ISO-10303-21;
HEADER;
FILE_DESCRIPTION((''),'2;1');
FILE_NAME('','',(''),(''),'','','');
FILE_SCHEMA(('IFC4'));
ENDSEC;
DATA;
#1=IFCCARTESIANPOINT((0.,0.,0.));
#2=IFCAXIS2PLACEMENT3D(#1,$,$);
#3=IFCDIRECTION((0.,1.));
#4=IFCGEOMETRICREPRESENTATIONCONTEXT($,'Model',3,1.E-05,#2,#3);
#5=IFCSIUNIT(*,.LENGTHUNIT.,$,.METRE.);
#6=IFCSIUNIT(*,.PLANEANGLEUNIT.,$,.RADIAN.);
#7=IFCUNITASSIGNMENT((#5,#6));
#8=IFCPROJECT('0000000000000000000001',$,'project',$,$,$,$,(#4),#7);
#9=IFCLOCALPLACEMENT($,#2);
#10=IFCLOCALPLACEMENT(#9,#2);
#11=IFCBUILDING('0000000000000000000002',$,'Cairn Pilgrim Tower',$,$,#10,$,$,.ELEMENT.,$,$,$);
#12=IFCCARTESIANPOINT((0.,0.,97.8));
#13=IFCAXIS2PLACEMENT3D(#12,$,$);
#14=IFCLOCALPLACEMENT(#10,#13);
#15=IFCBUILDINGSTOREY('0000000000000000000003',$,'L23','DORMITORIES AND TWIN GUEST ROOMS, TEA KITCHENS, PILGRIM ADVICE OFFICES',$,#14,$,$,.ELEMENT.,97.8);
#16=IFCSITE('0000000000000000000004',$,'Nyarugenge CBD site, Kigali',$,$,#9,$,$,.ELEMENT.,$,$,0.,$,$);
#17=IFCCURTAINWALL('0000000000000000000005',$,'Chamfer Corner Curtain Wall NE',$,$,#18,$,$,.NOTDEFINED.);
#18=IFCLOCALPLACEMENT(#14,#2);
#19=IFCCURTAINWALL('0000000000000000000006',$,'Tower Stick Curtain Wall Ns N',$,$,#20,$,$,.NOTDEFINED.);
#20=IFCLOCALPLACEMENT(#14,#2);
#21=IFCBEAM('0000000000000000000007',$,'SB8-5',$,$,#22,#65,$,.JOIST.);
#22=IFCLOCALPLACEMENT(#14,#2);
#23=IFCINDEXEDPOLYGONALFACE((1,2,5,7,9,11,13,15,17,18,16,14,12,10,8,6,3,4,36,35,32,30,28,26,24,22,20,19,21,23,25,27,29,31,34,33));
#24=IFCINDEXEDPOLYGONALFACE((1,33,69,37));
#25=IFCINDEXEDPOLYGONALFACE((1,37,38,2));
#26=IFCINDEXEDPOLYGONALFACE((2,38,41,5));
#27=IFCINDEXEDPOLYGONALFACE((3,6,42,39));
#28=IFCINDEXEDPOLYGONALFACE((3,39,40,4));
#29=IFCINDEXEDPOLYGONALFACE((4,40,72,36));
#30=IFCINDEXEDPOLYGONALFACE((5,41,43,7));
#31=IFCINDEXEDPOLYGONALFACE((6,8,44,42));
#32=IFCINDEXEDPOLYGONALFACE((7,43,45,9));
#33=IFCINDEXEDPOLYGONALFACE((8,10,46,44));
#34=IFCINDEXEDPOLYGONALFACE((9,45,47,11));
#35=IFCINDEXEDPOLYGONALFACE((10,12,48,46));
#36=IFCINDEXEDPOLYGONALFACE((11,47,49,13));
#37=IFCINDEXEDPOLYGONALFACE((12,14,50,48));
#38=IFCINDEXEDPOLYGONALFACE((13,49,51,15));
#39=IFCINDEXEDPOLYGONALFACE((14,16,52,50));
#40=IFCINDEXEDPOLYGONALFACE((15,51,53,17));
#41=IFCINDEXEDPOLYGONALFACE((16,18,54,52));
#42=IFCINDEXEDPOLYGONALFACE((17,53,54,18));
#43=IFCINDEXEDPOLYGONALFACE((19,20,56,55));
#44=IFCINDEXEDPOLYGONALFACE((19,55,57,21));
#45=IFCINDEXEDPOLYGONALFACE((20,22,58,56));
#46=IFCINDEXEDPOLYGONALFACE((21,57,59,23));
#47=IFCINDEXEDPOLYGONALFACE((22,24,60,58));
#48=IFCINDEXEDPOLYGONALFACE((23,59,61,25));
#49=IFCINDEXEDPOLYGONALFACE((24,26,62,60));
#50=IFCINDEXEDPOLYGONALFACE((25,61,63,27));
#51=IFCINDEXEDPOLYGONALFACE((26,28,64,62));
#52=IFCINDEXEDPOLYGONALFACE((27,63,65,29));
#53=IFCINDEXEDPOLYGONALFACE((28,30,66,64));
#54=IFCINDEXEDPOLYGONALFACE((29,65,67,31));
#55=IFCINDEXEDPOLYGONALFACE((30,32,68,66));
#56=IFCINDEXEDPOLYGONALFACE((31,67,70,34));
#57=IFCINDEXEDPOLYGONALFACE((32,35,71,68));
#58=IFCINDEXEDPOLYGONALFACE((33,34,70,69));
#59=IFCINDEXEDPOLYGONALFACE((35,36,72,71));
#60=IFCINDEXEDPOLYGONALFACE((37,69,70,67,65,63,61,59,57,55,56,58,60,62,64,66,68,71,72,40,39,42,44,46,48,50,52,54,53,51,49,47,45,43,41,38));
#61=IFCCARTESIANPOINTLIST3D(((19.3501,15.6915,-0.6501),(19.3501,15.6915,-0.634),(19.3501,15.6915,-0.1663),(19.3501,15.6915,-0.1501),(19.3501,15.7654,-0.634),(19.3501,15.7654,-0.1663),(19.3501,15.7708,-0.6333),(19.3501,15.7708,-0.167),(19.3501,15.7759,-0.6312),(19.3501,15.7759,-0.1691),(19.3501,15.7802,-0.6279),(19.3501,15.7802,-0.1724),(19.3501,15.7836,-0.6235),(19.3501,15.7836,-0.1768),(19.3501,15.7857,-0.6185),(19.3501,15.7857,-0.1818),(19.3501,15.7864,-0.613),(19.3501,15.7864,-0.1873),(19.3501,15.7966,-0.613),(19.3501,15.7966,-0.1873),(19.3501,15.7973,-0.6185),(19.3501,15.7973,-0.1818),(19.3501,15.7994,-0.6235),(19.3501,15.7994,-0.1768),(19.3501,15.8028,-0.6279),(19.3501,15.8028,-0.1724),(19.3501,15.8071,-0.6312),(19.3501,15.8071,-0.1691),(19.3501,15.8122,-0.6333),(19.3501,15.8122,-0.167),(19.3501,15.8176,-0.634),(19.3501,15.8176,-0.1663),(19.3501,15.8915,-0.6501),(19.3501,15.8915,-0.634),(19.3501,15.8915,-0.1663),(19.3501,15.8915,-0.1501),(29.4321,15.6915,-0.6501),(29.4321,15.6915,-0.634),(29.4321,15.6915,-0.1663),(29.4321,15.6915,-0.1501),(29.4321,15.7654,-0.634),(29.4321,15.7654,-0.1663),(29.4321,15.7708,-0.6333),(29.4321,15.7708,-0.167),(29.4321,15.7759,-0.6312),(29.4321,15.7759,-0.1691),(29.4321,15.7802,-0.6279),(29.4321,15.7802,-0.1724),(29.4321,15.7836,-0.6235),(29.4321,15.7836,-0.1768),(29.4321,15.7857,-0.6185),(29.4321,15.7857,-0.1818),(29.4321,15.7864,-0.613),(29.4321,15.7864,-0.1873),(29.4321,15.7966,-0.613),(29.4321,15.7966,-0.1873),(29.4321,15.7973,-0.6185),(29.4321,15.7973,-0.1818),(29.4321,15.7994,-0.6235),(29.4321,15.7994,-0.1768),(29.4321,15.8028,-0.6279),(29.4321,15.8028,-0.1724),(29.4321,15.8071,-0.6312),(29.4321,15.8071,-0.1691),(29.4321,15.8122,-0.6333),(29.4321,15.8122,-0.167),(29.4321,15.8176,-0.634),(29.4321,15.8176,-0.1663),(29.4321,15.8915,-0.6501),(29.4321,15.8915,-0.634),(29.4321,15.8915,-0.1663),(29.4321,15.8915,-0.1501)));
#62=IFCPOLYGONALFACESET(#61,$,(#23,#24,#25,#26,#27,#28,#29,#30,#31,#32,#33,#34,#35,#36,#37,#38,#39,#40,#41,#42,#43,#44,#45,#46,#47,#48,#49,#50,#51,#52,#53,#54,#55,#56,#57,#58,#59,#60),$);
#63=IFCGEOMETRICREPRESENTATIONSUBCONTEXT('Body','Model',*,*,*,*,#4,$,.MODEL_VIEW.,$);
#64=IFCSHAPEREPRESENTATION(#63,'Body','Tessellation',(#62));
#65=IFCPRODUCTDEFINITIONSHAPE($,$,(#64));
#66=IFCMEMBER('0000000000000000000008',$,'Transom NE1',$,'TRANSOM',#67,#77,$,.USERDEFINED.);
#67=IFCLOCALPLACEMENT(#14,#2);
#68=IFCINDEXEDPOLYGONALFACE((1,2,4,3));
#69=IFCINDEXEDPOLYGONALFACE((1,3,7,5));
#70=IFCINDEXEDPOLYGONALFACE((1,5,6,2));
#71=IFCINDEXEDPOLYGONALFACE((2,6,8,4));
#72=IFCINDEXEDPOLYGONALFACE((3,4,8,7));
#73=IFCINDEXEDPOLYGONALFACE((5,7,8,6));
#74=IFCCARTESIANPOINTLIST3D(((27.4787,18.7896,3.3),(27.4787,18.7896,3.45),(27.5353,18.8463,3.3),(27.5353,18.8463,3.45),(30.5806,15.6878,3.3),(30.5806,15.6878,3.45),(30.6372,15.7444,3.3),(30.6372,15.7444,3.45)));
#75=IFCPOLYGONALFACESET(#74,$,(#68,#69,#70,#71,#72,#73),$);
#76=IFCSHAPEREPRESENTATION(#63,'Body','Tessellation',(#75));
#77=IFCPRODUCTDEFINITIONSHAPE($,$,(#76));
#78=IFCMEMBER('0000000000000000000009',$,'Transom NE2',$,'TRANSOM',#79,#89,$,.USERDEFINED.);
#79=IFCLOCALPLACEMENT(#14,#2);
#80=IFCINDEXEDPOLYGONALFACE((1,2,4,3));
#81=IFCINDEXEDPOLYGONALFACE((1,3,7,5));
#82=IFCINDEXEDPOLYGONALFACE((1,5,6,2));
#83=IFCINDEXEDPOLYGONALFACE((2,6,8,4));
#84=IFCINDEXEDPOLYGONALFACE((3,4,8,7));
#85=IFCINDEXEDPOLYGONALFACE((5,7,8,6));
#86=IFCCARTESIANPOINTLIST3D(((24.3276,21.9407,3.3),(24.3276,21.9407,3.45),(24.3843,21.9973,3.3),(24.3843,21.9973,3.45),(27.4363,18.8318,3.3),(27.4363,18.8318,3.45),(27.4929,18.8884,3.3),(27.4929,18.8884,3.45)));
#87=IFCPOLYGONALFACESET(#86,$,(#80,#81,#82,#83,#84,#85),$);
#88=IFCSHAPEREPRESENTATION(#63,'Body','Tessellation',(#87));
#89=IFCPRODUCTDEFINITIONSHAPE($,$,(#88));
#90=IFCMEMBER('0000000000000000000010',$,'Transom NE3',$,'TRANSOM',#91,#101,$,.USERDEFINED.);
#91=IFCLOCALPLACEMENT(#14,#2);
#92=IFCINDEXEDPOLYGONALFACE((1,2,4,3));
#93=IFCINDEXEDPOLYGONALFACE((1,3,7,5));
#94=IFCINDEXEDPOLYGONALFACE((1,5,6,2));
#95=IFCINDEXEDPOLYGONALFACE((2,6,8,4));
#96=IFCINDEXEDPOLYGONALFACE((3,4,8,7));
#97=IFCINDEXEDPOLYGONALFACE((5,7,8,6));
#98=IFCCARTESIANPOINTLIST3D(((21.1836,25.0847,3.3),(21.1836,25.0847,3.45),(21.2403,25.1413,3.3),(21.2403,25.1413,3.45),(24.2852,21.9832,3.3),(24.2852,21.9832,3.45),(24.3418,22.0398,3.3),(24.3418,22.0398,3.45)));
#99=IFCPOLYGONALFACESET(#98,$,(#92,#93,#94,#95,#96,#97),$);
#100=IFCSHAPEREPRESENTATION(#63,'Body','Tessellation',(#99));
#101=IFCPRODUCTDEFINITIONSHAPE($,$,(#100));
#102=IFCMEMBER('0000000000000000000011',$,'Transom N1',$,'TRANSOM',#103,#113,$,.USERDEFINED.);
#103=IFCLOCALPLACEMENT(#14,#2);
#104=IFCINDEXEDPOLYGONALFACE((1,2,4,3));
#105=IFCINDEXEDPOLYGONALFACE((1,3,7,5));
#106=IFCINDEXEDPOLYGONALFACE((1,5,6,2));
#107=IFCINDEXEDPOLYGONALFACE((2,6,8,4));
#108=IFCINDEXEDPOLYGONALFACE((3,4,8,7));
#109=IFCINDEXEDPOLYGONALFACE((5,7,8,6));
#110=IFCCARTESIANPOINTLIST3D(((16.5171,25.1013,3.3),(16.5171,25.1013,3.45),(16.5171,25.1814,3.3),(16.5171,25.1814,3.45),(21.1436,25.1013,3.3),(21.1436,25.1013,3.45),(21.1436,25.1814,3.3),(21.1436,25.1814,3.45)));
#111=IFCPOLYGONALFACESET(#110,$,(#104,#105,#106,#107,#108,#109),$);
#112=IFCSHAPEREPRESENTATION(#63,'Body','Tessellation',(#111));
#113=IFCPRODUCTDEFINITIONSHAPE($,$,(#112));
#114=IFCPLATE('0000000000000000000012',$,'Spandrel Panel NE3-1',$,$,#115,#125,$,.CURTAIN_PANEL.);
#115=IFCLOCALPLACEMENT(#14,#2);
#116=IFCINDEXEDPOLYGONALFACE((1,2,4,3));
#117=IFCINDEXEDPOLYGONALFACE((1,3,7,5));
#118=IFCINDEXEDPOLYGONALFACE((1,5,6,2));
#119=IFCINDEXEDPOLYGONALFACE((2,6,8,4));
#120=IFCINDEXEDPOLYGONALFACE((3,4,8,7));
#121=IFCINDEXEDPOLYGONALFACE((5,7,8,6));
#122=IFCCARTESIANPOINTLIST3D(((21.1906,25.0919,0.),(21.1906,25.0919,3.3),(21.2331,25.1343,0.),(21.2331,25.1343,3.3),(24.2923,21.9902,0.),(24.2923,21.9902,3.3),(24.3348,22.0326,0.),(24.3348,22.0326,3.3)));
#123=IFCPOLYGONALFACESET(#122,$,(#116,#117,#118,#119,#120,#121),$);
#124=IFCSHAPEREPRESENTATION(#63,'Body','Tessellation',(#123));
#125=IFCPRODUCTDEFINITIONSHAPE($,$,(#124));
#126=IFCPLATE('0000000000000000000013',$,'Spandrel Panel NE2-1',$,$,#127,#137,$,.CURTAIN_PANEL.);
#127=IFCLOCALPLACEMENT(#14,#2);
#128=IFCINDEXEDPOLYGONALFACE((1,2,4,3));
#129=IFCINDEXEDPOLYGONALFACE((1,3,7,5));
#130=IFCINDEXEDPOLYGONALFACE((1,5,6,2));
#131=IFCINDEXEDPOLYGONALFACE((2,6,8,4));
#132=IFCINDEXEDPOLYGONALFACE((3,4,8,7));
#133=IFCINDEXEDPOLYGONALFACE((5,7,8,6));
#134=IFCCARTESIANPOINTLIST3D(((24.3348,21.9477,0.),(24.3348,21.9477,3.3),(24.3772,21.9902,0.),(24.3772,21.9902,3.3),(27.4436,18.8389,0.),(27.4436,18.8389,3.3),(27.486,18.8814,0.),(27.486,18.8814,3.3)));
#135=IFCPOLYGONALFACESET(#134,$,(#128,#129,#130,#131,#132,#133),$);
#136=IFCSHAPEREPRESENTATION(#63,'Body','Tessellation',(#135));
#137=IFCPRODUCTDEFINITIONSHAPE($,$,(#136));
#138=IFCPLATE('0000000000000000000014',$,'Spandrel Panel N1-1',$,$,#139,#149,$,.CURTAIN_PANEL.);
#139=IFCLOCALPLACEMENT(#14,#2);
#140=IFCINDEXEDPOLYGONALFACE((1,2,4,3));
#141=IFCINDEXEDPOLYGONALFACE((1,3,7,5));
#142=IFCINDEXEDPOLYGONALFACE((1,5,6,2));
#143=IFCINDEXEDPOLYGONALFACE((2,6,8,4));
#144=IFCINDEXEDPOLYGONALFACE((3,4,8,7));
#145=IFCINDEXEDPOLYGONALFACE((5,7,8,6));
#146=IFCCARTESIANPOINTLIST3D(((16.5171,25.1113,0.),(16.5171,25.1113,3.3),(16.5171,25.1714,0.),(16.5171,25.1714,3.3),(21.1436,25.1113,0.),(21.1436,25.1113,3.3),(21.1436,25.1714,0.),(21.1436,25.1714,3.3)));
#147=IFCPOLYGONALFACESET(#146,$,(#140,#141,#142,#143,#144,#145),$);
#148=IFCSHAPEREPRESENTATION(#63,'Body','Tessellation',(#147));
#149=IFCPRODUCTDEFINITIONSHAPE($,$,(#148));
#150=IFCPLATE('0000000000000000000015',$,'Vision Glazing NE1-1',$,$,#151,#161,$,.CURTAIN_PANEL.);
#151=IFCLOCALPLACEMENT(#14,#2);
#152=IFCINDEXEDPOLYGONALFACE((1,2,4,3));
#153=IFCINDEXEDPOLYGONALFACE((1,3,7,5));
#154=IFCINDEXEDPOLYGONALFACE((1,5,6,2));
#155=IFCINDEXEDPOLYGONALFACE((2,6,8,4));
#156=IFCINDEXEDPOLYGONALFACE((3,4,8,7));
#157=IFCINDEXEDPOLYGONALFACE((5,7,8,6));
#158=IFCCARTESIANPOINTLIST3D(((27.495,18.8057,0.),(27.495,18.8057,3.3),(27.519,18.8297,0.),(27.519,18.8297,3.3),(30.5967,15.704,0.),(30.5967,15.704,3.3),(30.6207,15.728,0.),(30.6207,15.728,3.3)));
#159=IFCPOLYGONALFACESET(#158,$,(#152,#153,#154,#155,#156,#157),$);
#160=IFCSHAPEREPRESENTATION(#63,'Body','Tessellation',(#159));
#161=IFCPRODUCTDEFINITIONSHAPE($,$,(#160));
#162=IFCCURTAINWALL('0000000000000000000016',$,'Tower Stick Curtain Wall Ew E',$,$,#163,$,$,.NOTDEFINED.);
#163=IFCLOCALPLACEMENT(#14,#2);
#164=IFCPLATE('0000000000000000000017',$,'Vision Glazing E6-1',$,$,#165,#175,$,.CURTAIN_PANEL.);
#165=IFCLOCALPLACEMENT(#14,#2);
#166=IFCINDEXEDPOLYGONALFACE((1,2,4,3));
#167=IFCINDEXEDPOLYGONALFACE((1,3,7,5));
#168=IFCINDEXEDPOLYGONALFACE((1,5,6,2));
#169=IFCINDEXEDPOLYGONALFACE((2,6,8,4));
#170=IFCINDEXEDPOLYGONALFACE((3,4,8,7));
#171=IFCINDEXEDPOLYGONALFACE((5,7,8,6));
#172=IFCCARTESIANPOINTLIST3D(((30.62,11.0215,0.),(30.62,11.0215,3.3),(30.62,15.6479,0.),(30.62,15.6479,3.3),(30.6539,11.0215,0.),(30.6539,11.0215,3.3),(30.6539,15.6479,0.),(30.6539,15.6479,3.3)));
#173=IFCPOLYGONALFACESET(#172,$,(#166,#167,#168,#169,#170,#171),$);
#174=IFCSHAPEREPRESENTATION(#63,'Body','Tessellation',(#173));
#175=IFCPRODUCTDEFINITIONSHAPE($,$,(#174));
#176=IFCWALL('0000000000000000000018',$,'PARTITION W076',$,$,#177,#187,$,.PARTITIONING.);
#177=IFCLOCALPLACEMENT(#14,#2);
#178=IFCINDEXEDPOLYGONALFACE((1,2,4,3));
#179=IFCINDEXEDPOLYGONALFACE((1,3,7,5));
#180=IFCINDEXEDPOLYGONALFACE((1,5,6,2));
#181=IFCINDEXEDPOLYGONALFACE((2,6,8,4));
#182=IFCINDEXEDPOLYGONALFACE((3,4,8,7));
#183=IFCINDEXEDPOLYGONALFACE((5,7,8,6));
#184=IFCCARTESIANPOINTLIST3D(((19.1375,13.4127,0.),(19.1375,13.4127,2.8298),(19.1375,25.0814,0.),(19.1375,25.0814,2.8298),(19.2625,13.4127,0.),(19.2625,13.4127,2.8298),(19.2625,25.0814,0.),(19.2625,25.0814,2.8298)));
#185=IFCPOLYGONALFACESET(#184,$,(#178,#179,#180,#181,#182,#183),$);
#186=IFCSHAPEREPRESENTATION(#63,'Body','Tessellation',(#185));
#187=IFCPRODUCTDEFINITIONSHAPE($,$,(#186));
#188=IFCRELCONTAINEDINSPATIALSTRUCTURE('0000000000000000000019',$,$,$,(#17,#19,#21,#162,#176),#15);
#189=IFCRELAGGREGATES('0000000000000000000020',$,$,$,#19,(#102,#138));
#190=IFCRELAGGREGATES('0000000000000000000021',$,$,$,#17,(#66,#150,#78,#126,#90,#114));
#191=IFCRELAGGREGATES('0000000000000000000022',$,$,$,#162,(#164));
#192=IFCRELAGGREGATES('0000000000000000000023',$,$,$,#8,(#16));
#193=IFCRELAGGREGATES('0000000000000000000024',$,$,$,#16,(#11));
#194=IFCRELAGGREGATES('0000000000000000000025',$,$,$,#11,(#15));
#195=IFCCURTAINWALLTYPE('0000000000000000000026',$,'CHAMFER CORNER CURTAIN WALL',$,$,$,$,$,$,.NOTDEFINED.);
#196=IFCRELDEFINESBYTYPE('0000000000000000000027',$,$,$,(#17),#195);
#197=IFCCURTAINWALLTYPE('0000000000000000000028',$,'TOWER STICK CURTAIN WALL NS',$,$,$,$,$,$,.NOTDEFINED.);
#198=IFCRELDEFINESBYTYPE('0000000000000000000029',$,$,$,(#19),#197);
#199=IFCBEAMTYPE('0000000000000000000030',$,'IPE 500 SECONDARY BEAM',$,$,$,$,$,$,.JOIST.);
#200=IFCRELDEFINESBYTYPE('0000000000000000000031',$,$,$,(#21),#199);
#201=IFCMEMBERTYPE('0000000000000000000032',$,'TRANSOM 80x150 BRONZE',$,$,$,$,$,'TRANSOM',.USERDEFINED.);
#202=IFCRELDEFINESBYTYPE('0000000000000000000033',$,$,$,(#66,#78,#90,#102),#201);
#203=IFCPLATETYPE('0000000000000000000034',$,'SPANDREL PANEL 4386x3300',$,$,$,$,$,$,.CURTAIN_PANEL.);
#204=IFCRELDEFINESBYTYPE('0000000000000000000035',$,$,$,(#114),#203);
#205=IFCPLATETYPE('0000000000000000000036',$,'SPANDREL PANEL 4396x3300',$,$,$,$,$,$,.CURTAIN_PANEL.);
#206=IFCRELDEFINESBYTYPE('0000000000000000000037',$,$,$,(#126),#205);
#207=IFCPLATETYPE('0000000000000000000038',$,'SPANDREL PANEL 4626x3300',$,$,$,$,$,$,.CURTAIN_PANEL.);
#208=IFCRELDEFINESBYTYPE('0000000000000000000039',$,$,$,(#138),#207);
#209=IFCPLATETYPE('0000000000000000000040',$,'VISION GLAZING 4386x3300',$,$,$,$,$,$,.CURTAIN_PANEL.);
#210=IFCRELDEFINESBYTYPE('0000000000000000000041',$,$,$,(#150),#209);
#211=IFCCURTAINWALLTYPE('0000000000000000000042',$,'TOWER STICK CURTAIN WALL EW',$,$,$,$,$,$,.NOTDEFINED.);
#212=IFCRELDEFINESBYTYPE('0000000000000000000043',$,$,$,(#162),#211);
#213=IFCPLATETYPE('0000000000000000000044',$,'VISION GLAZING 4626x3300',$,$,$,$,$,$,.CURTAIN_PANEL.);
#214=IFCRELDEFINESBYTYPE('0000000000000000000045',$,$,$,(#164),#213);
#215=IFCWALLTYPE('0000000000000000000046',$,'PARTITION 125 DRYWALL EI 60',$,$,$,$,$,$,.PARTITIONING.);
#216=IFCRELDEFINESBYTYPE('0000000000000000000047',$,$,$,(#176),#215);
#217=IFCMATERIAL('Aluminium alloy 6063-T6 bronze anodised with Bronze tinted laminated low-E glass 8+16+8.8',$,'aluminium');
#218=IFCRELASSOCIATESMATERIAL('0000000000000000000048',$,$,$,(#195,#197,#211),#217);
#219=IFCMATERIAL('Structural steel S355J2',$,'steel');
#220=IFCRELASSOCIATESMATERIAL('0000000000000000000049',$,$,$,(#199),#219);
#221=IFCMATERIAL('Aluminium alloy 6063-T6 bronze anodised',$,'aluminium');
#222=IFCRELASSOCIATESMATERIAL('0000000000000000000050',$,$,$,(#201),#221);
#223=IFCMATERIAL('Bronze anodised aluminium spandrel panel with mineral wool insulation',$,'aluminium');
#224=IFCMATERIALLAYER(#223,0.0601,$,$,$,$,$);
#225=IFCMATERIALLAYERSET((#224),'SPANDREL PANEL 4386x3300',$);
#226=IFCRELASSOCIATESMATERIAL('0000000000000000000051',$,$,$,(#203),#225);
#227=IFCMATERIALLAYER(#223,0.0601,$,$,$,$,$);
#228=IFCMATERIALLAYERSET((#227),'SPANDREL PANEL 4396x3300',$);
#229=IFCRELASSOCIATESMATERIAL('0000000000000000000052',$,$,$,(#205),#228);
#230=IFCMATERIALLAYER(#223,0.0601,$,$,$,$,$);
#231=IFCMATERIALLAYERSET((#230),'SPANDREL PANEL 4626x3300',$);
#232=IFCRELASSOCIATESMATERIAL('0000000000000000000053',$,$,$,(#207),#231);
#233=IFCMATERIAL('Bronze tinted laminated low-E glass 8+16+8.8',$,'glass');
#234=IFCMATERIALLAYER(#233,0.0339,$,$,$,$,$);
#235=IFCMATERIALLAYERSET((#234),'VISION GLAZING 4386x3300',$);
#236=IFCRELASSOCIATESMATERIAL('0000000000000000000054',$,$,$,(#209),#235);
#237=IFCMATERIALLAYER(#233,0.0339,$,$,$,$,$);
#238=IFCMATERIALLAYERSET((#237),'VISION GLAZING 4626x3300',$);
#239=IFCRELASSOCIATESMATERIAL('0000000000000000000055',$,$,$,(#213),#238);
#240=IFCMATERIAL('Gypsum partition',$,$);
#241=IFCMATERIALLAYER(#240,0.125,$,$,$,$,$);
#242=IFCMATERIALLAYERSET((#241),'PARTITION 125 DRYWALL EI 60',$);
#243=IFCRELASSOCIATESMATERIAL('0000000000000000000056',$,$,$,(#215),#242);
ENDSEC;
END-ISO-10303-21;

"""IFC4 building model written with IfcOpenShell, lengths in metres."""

from ifc_helpers import new_model, si_unit, direction, frame, frame_2d, origin, origin_2d, place, context, subcontext, project, spatial, rectangle, i_section, extrude, material, layer, layer_set, material_profile, profile_set, type_object, element, aggregate, save


model = new_model("IFC4")

# Units and contexts
model_context = context("Model", 3, precision=1e-05, world=origin(), true_north=direction((0.0, 1.0)))
body_context = subcontext(model_context, "Body", "Model", "MODEL_VIEW")
ifc_project = project(units=[si_unit("LENGTHUNIT", "METRE"), si_unit("PLANEANGLEUNIT", "RADIAN")], contexts=[model_context])

# Site, building, storey
site_placement = place(None, origin())
site = spatial("IfcSite", under=ifc_project, at=site_placement, Name="Nyarugenge CBD site, Kigali", CompositionType="ELEMENT", RefElevation=0.0)
building_placement = place(site_placement, origin())
building = spatial("IfcBuilding", under=site, at=building_placement, Name="Cairn Pilgrim Tower", CompositionType="ELEMENT")
storey_placement = place(building_placement, frame((0.0, 0.0, 97.8)))
storey = spatial("IfcBuildingStorey", under=building, at=storey_placement, Name="L23", Description="DORMITORIES AND TWIN GUEST ROOMS, TEA KITCHENS, PILGRIM ADVICE OFFICES", CompositionType="ELEMENT", Elevation=97.8)

# Shared definitions
ifc_material_1 = material(Name="Structural steel S355J2", Category="steel")

# Curtain wall
ifc_material_2 = material(Name="Aluminium alloy 6063-T6 bronze anodised with Bronze tinted laminated low-E glass 8+16+8.8", Category="aluminium")
curtain_wall_type_1 = type_object("IfcCurtainWallType", Name="CHAMFER CORNER CURTAIN WALL", PredefinedType="NOTDEFINED", material=ifc_material_2)
curtain_wall_1_placement = place(storey_placement, origin())
curtain_wall_1 = element("IfcCurtainWall", 1, at=curtain_wall_1_placement, inside=storey, type_object=curtain_wall_type_1, Name="Chamfer Corner Curtain Wall NE", PredefinedType="NOTDEFINED")
ifc_material_3 = material(Name="Aluminium alloy 6063-T6 bronze anodised", Category="aluminium")

# Curtain wall
curtain_wall_type_2 = type_object("IfcCurtainWallType", Name="TOWER STICK CURTAIN WALL NS", PredefinedType="NOTDEFINED", material=ifc_material_2)
curtain_wall_2_placement = place(storey_placement, origin())
curtain_wall_2 = element("IfcCurtainWall", 2, at=curtain_wall_2_placement, inside=storey, type_object=curtain_wall_type_2, Name="Tower Stick Curtain Wall Ns N", PredefinedType="NOTDEFINED")

# Beam
ifc_material_profile_1 = material_profile(ifc_material_1, i_section(OverallWidth=0.2, OverallDepth=0.5, WebThickness=0.0103, FlangeThickness=0.0161, FilletRadius=0.021, at=origin_2d()), Name="IPE 500")
ifc_profile_set_1 = profile_set([ifc_material_profile_1], Name="Structural steel S355J2")
beam_type_1 = type_object("IfcBeamType", Name="IPE 500 SECONDARY BEAM", PredefinedType="JOIST", material=ifc_profile_set_1)
beam_1_placement = place(storey_placement, frame((19.3501, 15.7915, -0.4001), z_axis=(1.0, 0.0, 0.0), x_axis=(0.0, 1.0, 0.0)))
element("IfcBeam", 3, at=beam_1_placement, inside=storey, type_object=beam_type_1, Name="SB8-5", PredefinedType="JOIST", context=body_context, shape_type="SweptSolid", body=[
    extrude(i_section(OverallWidth=0.2, OverallDepth=0.5, WebThickness=0.0103, FlangeThickness=0.0161, FilletRadius=0.021, at=origin_2d()), origin(), (0.0, 0.0, 1.0), 10.082),
])

# Members
ifc_material_profile_2 = material_profile(ifc_material_3, rectangle(XDim=0.0801, YDim=0.1499, at=origin_2d()), Name="TRANSOM 80x150 BRONZE")
ifc_profile_set_2 = profile_set([ifc_material_profile_2], Name="Aluminium alloy 6063-T6 bronze anodised")
member_type_1 = type_object("IfcMemberType", Name="TRANSOM 80x150 BRONZE", ElementType="TRANSOM", PredefinedType="USERDEFINED", material=ifc_profile_set_2)
member_1_placement = place(storey_placement, frame((30.6089, 15.7161, 3.375), z_axis=(-0.707107, 0.707107, 0.0), x_axis=(-0.707107, -0.707107, 0.0)))
member_1 = element("IfcMember", 4, at=member_1_placement, type_object=member_type_1, Name="Transom NE1", ObjectType="TRANSOM", PredefinedType="USERDEFINED", context=body_context, shape_type="SweptSolid", body=[
    extrude(rectangle(XDim=0.0801, YDim=0.1499, at=origin_2d()), origin(), (0.0, 0.0, 1.0), 4.3867),
])
member_2_placement = place(storey_placement, frame((27.4646, 18.8601, 3.375), z_axis=(-0.707079, 0.707135, 0.0), x_axis=(-0.707135, -0.707079, 0.0)))
member_2 = element("IfcMember", 5, at=member_2_placement, type_object=member_type_1, Name="Transom NE2", ObjectType="TRANSOM", PredefinedType="USERDEFINED", context=body_context, shape_type="SweptSolid", body=[
    extrude(rectangle(XDim=0.0801, YDim=0.1499, at=origin_2d()), origin(), (0.0, 0.0, 1.0), 4.3965),
])
member_3_placement = place(storey_placement, frame((24.3135, 22.0115, 3.375), z_axis=(-0.707107, 0.707107, 0.0), x_axis=(-0.707107, -0.707107, 0.0)))
member_3 = element("IfcMember", 6, at=member_3_placement, type_object=member_type_1, Name="Transom NE3", ObjectType="TRANSOM", PredefinedType="USERDEFINED", context=body_context, shape_type="SweptSolid", body=[
    extrude(rectangle(XDim=0.0801, YDim=0.1499, at=origin_2d()), origin(), (0.0, 0.0, 1.0), 4.3862),
])
member_4_placement = place(storey_placement, frame((21.1436, 25.1414, 3.375), z_axis=(-1.0, 0.0, 0.0), x_axis=(0.0, -1.0, 0.0)))
member_4 = element("IfcMember", 7, at=member_4_placement, type_object=member_type_1, Name="Transom N1", ObjectType="TRANSOM", PredefinedType="USERDEFINED", context=body_context, shape_type="SweptSolid", body=[
    extrude(rectangle(XDim=0.0801, YDim=0.1499, at=origin_2d()), origin(), (0.0, 0.0, 1.0), 4.6265),
])

# Plates
ifc_material_4 = material(Name="Bronze anodised aluminium spandrel panel with mineral wool insulation", Category="aluminium")
ifc_layer_1 = layer(ifc_material_4, 0.0601)
ifc_layer_set_1 = layer_set([ifc_layer_1], Name="SPANDREL PANEL 4386x3300")
plate_type_1 = type_object("IfcPlateType", Name="SPANDREL PANEL 4386x3300", PredefinedType="CURTAIN_PANEL", material=ifc_layer_set_1)
plate_1_placement = place(storey_placement, frame((22.7627, 23.5623, 0.0), z_axis=(0.0, 0.0, 1.0), x_axis=(-0.707107, 0.707107, 0.0)))
plate_1 = element("IfcPlate", 8, at=plate_1_placement, type_object=plate_type_1, Name="Spandrel Panel NE3-1", PredefinedType="CURTAIN_PANEL", context=body_context, shape_type="SweptSolid", body=[
    extrude(rectangle(XDim=4.3865, YDim=0.0601, at=origin_2d()), origin(), (0.0, 0.0, 1.0), 3.3),
])
ifc_layer_2 = layer(ifc_material_4, 0.0601)
ifc_layer_set_2 = layer_set([ifc_layer_2], Name="SPANDREL PANEL 4396x3300")
plate_type_2 = type_object("IfcPlateType", Name="SPANDREL PANEL 4396x3300", PredefinedType="CURTAIN_PANEL", material=ifc_layer_set_2)
plate_2_placement = place(storey_placement, frame((25.9104, 20.4146, 0.0), z_axis=(0.0, 0.0, 1.0), x_axis=(-0.707107, 0.707107, 0.0)))
plate_2 = element("IfcPlate", 9, at=plate_2_placement, type_object=plate_type_2, Name="Spandrel Panel NE2-1", PredefinedType="CURTAIN_PANEL", context=body_context, shape_type="SweptSolid", body=[
    extrude(rectangle(XDim=4.3965, YDim=0.0601, at=origin_2d()), origin(), (0.0, 0.0, 1.0), 3.3),
])
ifc_layer_3 = layer(ifc_material_4, 0.0601)
ifc_layer_set_3 = layer_set([ifc_layer_3], Name="SPANDREL PANEL 4626x3300")
plate_type_3 = type_object("IfcPlateType", Name="SPANDREL PANEL 4626x3300", PredefinedType="CURTAIN_PANEL", material=ifc_layer_set_3)
plate_3_placement = place(storey_placement, frame((18.8303, 25.1414, 0.0), z_axis=(0.0, 0.0, 1.0), x_axis=(-1.0, 0.0, 0.0)))
plate_3 = element("IfcPlate", 10, at=plate_3_placement, type_object=plate_type_3, Name="Spandrel Panel N1-1", PredefinedType="CURTAIN_PANEL", context=body_context, shape_type="SweptSolid", body=[
    extrude(rectangle(XDim=4.6265, YDim=0.0601, at=origin_2d()), origin(), (0.0, 0.0, 1.0), 3.3),
])
aggregate(curtain_wall_2, [member_4, plate_3])
ifc_material_5 = material(Name="Bronze tinted laminated low-E glass 8+16+8.8", Category="glass")
ifc_layer_4 = layer(ifc_material_5, 0.0339)
ifc_layer_set_4 = layer_set([ifc_layer_4], Name="VISION GLAZING 4386x3300")
plate_type_4 = type_object("IfcPlateType", Name="VISION GLAZING 4386x3300", PredefinedType="CURTAIN_PANEL", material=ifc_layer_set_4)
plate_4_placement = place(storey_placement, frame((29.0579, 17.2668, 0.0), z_axis=(0.0, 0.0, 1.0), x_axis=(-0.707107, 0.707107, 0.0)))
plate_4 = element("IfcPlate", 11, at=plate_4_placement, type_object=plate_type_4, Name="Vision Glazing NE1-1", PredefinedType="CURTAIN_PANEL", context=body_context, shape_type="SweptSolid", body=[
    extrude(rectangle(XDim=4.3865, YDim=0.0339, at=origin_2d()), origin(), (0.0, 0.0, 1.0), 3.3),
])
aggregate(curtain_wall_1, [member_1, plate_4, member_2, plate_2, member_3, plate_1])

# Curtain wall, plate
curtain_wall_type_3 = type_object("IfcCurtainWallType", Name="TOWER STICK CURTAIN WALL EW", PredefinedType="NOTDEFINED", material=ifc_material_2)
curtain_wall_3_placement = place(storey_placement, origin())
curtain_wall_3 = element("IfcCurtainWall", 12, at=curtain_wall_3_placement, inside=storey, type_object=curtain_wall_type_3, Name="Tower Stick Curtain Wall Ew E", PredefinedType="NOTDEFINED")
ifc_layer_5 = layer(ifc_material_5, 0.0339)
ifc_layer_set_5 = layer_set([ifc_layer_5], Name="VISION GLAZING 4626x3300")
plate_type_5 = type_object("IfcPlateType", Name="VISION GLAZING 4626x3300", PredefinedType="CURTAIN_PANEL", material=ifc_layer_set_5)
plate_5_placement = place(storey_placement, frame((30.637, 13.3347, 0.0), z_axis=(0.0, 0.0, 1.0), x_axis=(0.0, 1.0, 0.0)))
plate_5 = element("IfcPlate", 13, at=plate_5_placement, type_object=plate_type_5, Name="Vision Glazing E6-1", PredefinedType="CURTAIN_PANEL", context=body_context, shape_type="SweptSolid", body=[
    extrude(rectangle(XDim=4.6265, YDim=0.0339, at=origin_2d()), origin(), (0.0, 0.0, 1.0), 3.3),
])
aggregate(curtain_wall_3, [plate_5])

# Wall
ifc_material_6 = material(Name="Gypsum partition")
ifc_layer_6 = layer(ifc_material_6, 0.125)
ifc_layer_set_6 = layer_set([ifc_layer_6], Name="PARTITION 125 DRYWALL EI 60")
wall_type = type_object("IfcWallType", Name="PARTITION 125 DRYWALL EI 60", PredefinedType="PARTITIONING", material=ifc_layer_set_6)
wall_placement = place(storey_placement, frame((19.2, 13.4126, 0.0), z_axis=(0.0, 0.0, 1.0), x_axis=(0.0, 1.0, 0.0)))
element("IfcWall", 14, at=wall_placement, inside=storey, type_object=wall_type, Name="PARTITION W076", PredefinedType="PARTITIONING", context=body_context, shape_type="SweptSolid", body=[
    extrude(rectangle(XDim=11.6687, YDim=0.125, at=frame_2d((5.8345, 0.0))), origin(), (0.0, 0.0, 1.0), 2.8298),
])

save(model, "model.ifc")
